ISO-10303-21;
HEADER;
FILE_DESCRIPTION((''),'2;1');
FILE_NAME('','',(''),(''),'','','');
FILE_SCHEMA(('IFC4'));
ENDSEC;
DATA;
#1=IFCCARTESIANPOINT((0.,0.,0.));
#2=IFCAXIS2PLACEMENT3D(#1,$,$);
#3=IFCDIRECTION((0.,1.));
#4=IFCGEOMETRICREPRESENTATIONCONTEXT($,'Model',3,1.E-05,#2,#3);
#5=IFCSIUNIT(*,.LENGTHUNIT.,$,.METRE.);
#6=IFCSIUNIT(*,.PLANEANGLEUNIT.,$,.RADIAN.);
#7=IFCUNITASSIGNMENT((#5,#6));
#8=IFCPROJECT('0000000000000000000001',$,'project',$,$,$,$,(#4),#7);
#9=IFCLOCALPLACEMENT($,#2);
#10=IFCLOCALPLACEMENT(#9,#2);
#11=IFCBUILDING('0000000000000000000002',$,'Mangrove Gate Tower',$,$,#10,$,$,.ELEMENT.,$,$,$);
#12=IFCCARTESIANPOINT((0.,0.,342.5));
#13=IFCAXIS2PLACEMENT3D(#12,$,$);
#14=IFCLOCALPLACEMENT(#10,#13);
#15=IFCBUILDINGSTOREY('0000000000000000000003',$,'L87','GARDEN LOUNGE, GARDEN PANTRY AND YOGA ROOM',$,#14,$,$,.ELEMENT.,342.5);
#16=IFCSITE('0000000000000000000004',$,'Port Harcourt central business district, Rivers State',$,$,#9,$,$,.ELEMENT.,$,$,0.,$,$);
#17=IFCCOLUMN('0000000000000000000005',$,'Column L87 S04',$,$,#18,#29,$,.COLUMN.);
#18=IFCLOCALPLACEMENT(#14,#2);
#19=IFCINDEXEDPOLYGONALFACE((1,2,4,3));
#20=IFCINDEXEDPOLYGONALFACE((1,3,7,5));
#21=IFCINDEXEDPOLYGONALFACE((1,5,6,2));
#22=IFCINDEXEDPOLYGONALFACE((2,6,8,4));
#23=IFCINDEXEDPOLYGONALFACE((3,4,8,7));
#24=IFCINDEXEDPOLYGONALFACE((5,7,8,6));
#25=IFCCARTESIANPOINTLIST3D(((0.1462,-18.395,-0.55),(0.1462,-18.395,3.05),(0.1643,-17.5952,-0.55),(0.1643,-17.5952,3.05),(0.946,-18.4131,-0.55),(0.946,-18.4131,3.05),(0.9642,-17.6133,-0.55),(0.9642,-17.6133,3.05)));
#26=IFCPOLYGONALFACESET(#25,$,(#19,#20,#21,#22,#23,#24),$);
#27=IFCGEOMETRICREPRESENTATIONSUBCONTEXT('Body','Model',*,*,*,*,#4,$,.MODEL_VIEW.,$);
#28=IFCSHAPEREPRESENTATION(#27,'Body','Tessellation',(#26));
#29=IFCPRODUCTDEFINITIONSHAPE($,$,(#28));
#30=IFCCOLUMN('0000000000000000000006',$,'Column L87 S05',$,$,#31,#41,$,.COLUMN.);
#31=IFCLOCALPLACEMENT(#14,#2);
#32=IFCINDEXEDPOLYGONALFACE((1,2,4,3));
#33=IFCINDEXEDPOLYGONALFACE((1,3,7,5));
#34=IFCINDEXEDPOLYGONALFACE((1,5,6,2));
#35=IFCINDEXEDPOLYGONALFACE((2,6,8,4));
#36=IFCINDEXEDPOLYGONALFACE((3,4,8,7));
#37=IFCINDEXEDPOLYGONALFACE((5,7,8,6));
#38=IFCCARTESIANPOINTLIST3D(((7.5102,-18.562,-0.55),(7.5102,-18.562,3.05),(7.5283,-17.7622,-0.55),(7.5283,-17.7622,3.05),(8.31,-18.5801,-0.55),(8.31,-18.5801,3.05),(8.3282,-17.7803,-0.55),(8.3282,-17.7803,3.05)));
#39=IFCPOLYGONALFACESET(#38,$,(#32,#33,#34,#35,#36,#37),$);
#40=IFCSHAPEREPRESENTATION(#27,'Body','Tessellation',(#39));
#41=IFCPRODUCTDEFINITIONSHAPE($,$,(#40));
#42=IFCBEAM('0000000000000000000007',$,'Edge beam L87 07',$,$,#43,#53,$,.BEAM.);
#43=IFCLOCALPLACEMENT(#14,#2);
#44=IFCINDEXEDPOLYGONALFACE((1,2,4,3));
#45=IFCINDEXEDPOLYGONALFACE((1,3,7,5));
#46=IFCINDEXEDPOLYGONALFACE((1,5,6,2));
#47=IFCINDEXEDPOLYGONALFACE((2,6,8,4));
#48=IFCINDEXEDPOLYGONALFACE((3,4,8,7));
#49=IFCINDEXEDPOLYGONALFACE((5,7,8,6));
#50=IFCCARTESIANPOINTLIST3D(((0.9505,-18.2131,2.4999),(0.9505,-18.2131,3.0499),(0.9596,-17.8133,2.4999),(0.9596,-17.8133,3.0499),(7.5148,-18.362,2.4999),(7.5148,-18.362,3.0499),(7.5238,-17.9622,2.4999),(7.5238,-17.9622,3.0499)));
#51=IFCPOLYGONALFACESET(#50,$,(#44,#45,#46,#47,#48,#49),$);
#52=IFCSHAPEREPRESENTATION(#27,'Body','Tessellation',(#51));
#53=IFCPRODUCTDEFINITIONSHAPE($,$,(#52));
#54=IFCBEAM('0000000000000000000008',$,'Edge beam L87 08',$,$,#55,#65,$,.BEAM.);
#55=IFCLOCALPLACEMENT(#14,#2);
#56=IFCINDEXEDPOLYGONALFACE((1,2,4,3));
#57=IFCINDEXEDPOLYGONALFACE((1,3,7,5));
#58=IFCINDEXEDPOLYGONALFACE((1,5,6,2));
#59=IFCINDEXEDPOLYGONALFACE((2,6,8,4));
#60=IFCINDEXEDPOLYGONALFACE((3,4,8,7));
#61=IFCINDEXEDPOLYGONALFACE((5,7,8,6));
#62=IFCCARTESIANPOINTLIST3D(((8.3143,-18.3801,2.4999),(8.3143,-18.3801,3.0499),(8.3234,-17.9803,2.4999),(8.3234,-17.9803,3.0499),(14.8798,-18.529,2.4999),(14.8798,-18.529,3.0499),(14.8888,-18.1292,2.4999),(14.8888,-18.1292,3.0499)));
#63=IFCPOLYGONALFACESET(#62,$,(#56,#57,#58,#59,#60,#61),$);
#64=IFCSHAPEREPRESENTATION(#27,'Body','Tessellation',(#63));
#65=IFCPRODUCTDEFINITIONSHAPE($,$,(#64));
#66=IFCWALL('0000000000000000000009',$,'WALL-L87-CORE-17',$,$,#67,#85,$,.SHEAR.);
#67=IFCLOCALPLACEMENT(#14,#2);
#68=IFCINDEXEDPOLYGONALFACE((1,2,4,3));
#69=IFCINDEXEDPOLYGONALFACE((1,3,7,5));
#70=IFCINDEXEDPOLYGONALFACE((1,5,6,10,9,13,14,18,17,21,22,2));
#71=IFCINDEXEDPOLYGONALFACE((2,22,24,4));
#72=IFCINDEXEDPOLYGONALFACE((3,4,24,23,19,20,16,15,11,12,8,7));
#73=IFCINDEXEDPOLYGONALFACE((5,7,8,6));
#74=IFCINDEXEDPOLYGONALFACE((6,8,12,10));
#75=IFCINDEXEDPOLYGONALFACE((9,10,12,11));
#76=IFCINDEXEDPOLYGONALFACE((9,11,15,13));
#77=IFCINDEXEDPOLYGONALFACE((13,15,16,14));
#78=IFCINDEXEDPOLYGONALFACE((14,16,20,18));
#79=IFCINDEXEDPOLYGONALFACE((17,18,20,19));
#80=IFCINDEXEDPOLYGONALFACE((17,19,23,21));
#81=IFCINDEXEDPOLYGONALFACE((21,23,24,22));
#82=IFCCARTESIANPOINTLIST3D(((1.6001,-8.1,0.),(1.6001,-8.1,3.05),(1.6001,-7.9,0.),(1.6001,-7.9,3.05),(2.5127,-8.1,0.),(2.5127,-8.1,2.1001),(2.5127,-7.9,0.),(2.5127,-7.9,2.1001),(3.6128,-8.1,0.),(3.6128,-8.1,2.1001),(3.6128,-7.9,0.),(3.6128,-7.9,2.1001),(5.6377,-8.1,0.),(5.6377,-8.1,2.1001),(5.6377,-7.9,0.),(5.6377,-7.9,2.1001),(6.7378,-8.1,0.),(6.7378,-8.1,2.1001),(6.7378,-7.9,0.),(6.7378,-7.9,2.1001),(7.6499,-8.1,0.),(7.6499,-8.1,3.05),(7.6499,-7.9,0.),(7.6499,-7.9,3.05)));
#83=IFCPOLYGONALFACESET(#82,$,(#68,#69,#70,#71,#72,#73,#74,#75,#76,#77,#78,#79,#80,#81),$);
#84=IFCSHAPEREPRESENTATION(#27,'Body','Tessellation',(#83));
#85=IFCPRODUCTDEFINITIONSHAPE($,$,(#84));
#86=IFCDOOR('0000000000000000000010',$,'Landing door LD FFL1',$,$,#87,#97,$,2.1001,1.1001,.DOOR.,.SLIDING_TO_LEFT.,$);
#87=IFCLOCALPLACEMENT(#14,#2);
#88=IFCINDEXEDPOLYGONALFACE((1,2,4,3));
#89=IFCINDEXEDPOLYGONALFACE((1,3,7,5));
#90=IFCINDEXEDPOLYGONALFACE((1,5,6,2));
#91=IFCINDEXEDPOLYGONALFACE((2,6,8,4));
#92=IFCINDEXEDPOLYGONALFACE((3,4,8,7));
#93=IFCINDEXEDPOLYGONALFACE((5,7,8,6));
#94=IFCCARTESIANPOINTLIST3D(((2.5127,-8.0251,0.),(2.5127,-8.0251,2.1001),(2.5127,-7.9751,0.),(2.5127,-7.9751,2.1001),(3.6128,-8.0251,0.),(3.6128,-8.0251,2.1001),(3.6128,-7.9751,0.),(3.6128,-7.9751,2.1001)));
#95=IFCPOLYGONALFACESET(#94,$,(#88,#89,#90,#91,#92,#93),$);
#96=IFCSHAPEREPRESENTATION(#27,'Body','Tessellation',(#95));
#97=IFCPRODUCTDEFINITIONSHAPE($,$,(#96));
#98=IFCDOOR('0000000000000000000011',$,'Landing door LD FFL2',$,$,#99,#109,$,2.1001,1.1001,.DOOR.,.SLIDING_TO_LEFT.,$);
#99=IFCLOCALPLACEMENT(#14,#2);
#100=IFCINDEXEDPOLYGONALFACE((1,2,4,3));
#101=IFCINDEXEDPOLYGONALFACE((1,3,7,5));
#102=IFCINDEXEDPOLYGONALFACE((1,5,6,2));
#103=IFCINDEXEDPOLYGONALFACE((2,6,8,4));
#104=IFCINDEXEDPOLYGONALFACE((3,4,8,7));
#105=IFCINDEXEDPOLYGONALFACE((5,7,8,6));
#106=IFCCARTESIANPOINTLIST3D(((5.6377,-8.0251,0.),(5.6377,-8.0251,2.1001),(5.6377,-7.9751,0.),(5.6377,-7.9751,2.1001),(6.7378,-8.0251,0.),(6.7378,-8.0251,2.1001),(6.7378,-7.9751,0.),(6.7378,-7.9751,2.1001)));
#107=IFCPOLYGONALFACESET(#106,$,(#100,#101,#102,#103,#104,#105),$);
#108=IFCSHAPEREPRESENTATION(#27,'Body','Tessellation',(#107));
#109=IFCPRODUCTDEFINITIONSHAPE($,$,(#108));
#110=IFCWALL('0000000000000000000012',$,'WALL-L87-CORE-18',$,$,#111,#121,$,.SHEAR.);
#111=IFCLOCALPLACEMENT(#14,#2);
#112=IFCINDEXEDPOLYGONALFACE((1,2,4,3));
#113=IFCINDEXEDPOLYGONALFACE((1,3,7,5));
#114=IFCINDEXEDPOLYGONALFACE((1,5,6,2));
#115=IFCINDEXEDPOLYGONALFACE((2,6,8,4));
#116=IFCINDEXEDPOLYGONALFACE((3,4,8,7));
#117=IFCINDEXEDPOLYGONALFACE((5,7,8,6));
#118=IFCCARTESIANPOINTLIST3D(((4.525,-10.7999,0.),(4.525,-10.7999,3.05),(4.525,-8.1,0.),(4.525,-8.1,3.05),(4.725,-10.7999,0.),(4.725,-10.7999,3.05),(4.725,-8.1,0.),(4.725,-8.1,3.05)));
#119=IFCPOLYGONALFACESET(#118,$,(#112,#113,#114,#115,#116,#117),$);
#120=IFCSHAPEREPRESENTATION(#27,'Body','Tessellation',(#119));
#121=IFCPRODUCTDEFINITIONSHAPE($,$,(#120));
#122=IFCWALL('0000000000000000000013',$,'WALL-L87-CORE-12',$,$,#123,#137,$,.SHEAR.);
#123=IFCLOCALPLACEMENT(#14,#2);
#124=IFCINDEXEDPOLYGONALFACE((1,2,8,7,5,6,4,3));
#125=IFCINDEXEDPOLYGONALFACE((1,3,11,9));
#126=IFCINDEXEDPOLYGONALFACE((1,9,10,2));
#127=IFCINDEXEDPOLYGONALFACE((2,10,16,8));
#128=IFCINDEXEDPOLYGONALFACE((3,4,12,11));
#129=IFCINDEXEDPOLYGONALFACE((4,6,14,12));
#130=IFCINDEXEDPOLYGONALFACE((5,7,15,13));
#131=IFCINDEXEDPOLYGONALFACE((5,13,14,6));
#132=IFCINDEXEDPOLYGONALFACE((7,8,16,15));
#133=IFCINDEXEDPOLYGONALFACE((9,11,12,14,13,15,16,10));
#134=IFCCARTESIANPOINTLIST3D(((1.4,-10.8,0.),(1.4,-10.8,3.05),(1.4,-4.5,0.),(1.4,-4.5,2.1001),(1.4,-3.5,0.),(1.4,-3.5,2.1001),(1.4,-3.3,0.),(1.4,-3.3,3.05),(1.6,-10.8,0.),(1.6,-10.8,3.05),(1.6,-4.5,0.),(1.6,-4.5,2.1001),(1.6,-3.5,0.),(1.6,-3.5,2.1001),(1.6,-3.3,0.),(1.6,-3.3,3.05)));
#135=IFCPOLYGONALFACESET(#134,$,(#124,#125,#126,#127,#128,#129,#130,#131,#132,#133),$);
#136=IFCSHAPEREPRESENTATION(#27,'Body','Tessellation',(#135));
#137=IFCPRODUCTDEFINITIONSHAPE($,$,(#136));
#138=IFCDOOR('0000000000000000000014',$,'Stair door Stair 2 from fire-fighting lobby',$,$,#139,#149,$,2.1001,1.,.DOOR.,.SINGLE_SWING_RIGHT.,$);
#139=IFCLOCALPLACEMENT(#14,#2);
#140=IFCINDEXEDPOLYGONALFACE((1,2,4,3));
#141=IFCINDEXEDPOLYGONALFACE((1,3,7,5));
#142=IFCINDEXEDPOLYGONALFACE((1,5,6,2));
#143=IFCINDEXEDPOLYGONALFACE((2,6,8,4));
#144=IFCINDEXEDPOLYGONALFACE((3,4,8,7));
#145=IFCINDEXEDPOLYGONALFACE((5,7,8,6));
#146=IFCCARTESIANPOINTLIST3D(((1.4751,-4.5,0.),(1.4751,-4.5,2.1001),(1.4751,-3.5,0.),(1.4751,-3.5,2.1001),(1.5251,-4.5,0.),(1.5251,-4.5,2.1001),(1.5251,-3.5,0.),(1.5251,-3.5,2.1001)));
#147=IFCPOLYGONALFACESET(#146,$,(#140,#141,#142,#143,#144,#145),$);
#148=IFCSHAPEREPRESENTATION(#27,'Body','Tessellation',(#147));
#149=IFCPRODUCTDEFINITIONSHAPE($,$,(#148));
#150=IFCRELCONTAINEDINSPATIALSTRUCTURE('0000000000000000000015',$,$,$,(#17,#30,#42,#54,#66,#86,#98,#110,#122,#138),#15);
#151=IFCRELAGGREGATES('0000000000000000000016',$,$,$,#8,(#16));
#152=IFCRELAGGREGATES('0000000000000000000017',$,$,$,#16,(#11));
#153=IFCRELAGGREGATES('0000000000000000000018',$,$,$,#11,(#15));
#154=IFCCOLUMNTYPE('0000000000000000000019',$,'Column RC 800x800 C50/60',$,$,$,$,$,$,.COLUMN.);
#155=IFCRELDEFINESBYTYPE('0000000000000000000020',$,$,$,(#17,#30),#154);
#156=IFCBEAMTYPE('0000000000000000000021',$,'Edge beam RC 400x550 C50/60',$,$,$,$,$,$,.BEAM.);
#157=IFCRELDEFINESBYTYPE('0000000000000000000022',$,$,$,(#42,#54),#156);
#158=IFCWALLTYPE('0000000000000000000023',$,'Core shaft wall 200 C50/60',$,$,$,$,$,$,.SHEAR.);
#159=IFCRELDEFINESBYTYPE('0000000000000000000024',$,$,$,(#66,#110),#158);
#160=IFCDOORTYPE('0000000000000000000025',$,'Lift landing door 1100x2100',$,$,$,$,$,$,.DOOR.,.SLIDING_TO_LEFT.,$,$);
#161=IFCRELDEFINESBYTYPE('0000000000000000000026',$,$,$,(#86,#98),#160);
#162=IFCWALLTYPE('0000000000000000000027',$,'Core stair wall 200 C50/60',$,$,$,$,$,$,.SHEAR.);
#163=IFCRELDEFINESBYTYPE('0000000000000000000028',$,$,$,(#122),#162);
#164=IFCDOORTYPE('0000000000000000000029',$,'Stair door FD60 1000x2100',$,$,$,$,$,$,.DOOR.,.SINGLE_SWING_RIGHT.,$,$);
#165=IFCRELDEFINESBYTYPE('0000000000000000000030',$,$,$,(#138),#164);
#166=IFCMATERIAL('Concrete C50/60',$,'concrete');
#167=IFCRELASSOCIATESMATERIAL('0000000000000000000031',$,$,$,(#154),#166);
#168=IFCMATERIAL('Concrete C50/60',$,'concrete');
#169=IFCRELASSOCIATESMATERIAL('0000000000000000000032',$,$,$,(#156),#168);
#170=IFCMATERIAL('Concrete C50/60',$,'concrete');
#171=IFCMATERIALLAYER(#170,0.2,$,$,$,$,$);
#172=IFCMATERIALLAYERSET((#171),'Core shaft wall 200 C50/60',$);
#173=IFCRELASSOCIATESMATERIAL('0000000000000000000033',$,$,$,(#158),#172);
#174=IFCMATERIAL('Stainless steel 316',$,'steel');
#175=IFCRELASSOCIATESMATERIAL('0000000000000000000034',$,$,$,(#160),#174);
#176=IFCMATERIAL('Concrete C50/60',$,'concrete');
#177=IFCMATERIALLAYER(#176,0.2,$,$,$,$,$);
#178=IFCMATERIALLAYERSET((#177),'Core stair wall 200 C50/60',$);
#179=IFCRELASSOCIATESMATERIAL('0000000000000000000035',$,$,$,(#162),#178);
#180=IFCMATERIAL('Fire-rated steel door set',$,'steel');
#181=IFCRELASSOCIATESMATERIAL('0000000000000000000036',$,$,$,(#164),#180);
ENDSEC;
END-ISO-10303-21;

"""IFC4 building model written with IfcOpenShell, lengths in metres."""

from ifc_helpers import new_model, si_unit, direction, frame, frame_2d, origin, origin_2d, place, context, subcontext, project, spatial, rectangle, extrude, material, layer, layer_set, material_profile, profile_set, type_object, element, fill, save


model = new_model("IFC4")

# Units and contexts
model_context = context("Model", 3, precision=1e-05, world=origin(), true_north=direction((0.0, 1.0)))
body_context = subcontext(model_context, "Body", "Model", "MODEL_VIEW")
ifc_project = project(units=[si_unit("LENGTHUNIT", "METRE"), si_unit("PLANEANGLEUNIT", "RADIAN")], contexts=[model_context])

# Site, building, storey
site_placement = place(None, origin())
site = spatial("IfcSite", under=ifc_project, at=site_placement, Name="Port Harcourt central business district, Rivers State", CompositionType="ELEMENT", RefElevation=0.0)
building_placement = place(site_placement, origin())
building = spatial("IfcBuilding", under=site, at=building_placement, Name="Mangrove Gate Tower", CompositionType="ELEMENT")
storey_placement = place(building_placement, frame((0.0, 0.0, 342.5)))
storey = spatial("IfcBuildingStorey", under=building, at=storey_placement, Name="L87", Description="GARDEN LOUNGE, GARDEN PANTRY AND YOGA ROOM", CompositionType="ELEMENT", Elevation=342.5)

# Columns
ifc_material_1 = material(Name="Concrete C50/60", Category="concrete")
ifc_material_profile_1 = material_profile(ifc_material_1, rectangle(XDim=0.8, YDim=0.8, at=origin_2d()))
ifc_profile_set_1 = profile_set([ifc_material_profile_1], Name="Concrete C50/60")
column_type = type_object("IfcColumnType", Name="Column RC 800x800 C50/60", PredefinedType="COLUMN", material=ifc_profile_set_1)
for number, where, z_axis, x_axis, name in (
    (1, (0.5552, -18.0042, -0.55), (0.0, 0.0, 1.0), (0.999743, -0.022671, 0.0), "Column L87 S04"),
    (2, (7.9192, -18.1711, -0.55), (0.0, 0.0, 1.0), (0.999743, -0.022671, 0.0), "Column L87 S05"),
):
    element("IfcColumn", number, at=place(storey_placement, frame(where, z_axis=z_axis, x_axis=x_axis)), inside=storey, type_object=column_type, Name=name, PredefinedType="COLUMN", context=body_context, shape_type="SweptSolid", body=[
        extrude(rectangle(XDim=0.8, YDim=0.8, at=origin_2d()), origin(), (0.0, 0.0, 1.0), 3.6001),
    ])

# Beams
ifc_material_2 = material(Name="Concrete C50/60", Category="concrete")
ifc_material_profile_2 = material_profile(ifc_material_2, rectangle(XDim=0.3999, YDim=0.55, at=origin_2d()))
ifc_profile_set_2 = profile_set([ifc_material_profile_2], Name="Concrete C50/60")
beam_type = type_object("IfcBeamType", Name="Edge beam RC 400x550 C50/60", PredefinedType="BEAM", material=ifc_profile_set_2)
beam_1_placement = place(storey_placement, frame((0.9551, -18.0132, 2.7749), z_axis=(0.999743, -0.022682, 0.0), x_axis=(0.022682, 0.999743, 0.0)))
element("IfcBeam", 3, at=beam_1_placement, inside=storey, type_object=beam_type, Name="Edge beam L87 07", PredefinedType="BEAM", context=body_context, shape_type="SweptSolid", body=[
    extrude(rectangle(XDim=0.3999, YDim=0.55, at=origin_2d()), origin(), (0.0, 0.0, 1.0), 6.5659),
])
beam_2_placement = place(storey_placement, frame((8.3188, -18.1802, 2.7749), z_axis=(0.999743, -0.022677, 0.0), x_axis=(0.022677, 0.999743, 0.0)))
element("IfcBeam", 4, at=beam_2_placement, inside=storey, type_object=beam_type, Name="Edge beam L87 08", PredefinedType="BEAM", context=body_context, shape_type="SweptSolid", body=[
    extrude(rectangle(XDim=0.3999, YDim=0.55, at=origin_2d()), origin(), (0.0, 0.0, 1.0), 6.5671),
])

# Wall, openings, doors
ifc_material_3 = material(Name="Concrete C50/60", Category="concrete")
ifc_layer_1 = layer(ifc_material_3, 0.2)
ifc_layer_set_1 = layer_set([ifc_layer_1], Name="Core shaft wall 200 C50/60")
wall_type_1 = type_object("IfcWallType", Name="Core shaft wall 200 C50/60", PredefinedType="SHEAR", material=ifc_layer_set_1)
wall_1_placement = place(storey_placement, frame((1.6001, -8.0, 0.0), z_axis=(0.0, 0.0, 1.0), x_axis=(1.0, 0.0, 0.0)))
wall_1 = element("IfcWall", 5, at=wall_1_placement, inside=storey, type_object=wall_type_1, Name="WALL-L87-CORE-17", PredefinedType="SHEAR", context=body_context, shape_type="SweptSolid", body=[
    extrude(rectangle(XDim=6.0498, YDim=0.2, at=frame_2d((3.0249, 0.0))), origin(), (0.0, 0.0, 1.0), 3.05),
])
opening_1_placement = place(wall_1_placement, frame((0.9126, 0.0, 0.0)))
opening_1 = element("IfcOpeningElement", 6, at=opening_1_placement, cuts=wall_1, PredefinedType="OPENING", context=body_context, shape_type="SweptSolid", body=[
    extrude(rectangle(XDim=1.1001, YDim=2.1001, at=frame_2d((0.55, 1.05))), frame((0.0, 0.1099, 0.0), z_axis=(0.0, -1.0, 0.0), x_axis=(1.0, 0.0, 0.0)), (0.0, 0.0, 1.0), 0.22),
])
opening_2_placement = place(wall_1_placement, frame((4.0376, 0.0, 0.0)))
opening_2 = element("IfcOpeningElement", 7, at=opening_2_placement, cuts=wall_1, PredefinedType="OPENING", context=body_context, shape_type="SweptSolid", body=[
    extrude(rectangle(XDim=1.1001, YDim=2.1001, at=frame_2d((0.55, 1.05))), frame((0.0, 0.1099, 0.0), z_axis=(0.0, -1.0, 0.0), x_axis=(1.0, 0.0, 0.0)), (0.0, 0.0, 1.0), 0.22),
])
ifc_material_4 = material(Name="Stainless steel 316", Category="steel")
door_type_1 = type_object("IfcDoorType", Name="Lift landing door 1100x2100", OperationType="SLIDING_TO_LEFT", PredefinedType="DOOR", material=ifc_material_4)
door_1_placement = place(opening_1_placement, origin())
door_1 = element("IfcDoor", 8, at=door_1_placement, inside=storey, type_object=door_type_1, Name="Landing door LD FFL1", OperationType="SLIDING_TO_LEFT", OverallHeight=2.1001, OverallWidth=1.1001, PredefinedType="DOOR", context=body_context, shape_type="SweptSolid", body=[
    extrude(rectangle(XDim=1.1001, YDim=2.1001, at=frame_2d((0.55, 1.05))), frame((0.0, 0.0249, 0.0), z_axis=(0.0, -1.0, 0.0), x_axis=(1.0, 0.0, 0.0)), (0.0, 0.0, 1.0), 0.05),
])
fill(opening_1, door_1)
door_2_placement = place(opening_2_placement, origin())
door_2 = element("IfcDoor", 9, at=door_2_placement, inside=storey, type_object=door_type_1, Name="Landing door LD FFL2", OperationType="SLIDING_TO_LEFT", OverallHeight=2.1001, OverallWidth=1.1001, PredefinedType="DOOR", context=body_context, shape_type="SweptSolid", body=[
    extrude(rectangle(XDim=1.1001, YDim=2.1001, at=frame_2d((0.55, 1.05))), frame((0.0, 0.0249, 0.0), z_axis=(0.0, -1.0, 0.0), x_axis=(1.0, 0.0, 0.0)), (0.0, 0.0, 1.0), 0.05),
])
fill(opening_2, door_2)

# Wall
wall_2_placement = place(storey_placement, frame((4.625, -10.8, 0.0), z_axis=(0.0, 0.0, 1.0), x_axis=(0.0, 1.0, 0.0)))
element("IfcWall", 10, at=wall_2_placement, inside=storey, type_object=wall_type_1, Name="WALL-L87-CORE-18", PredefinedType="SHEAR", context=body_context, shape_type="SweptSolid", body=[
    extrude(rectangle(XDim=2.7, YDim=0.2, at=frame_2d((1.3501, 0.0))), origin(), (0.0, 0.0, 1.0), 3.05),
])

# Wall, opening, door
ifc_material_5 = material(Name="Concrete C50/60", Category="concrete")
ifc_layer_2 = layer(ifc_material_5, 0.2)
ifc_layer_set_2 = layer_set([ifc_layer_2], Name="Core stair wall 200 C50/60")
wall_type_2 = type_object("IfcWallType", Name="Core stair wall 200 C50/60", PredefinedType="SHEAR", material=ifc_layer_set_2)
wall_3_placement = place(storey_placement, frame((1.5, -10.8, 0.0), z_axis=(0.0, 0.0, 1.0), x_axis=(0.0, 1.0, 0.0)))
wall_3 = element("IfcWall", 11, at=wall_3_placement, inside=storey, type_object=wall_type_2, Name="WALL-L87-CORE-12", PredefinedType="SHEAR", context=body_context, shape_type="SweptSolid", body=[
    extrude(rectangle(XDim=7.5, YDim=0.2, at=frame_2d((3.75, 0.0))), origin(), (0.0, 0.0, 1.0), 3.05),
])
opening_3_placement = place(wall_3_placement, frame((6.3, 0.0, 0.0)))
opening_3 = element("IfcOpeningElement", 12, at=opening_3_placement, cuts=wall_3, PredefinedType="OPENING", context=body_context, shape_type="SweptSolid", body=[
    extrude(rectangle(XDim=1.0, YDim=2.1001, at=frame_2d((0.5, 1.05))), frame((0.0, 0.1099, 0.0), z_axis=(0.0, -1.0, 0.0), x_axis=(1.0, 0.0, 0.0)), (0.0, 0.0, 1.0), 0.22),
])
ifc_material_6 = material(Name="Fire-rated steel door set", Category="steel")
door_type_2 = type_object("IfcDoorType", Name="Stair door FD60 1000x2100", OperationType="SINGLE_SWING_RIGHT", PredefinedType="DOOR", material=ifc_material_6)
door_3_placement = place(opening_3_placement, origin())
door_3 = element("IfcDoor", 13, at=door_3_placement, inside=storey, type_object=door_type_2, Name="Stair door Stair 2 from fire-fighting lobby", OperationType="SINGLE_SWING_RIGHT", OverallHeight=2.1001, OverallWidth=1.0, PredefinedType="DOOR", context=body_context, shape_type="SweptSolid", body=[
    extrude(rectangle(XDim=1.0, YDim=2.1001, at=frame_2d((0.5, 1.05))), frame((0.0, 0.0249, 0.0), z_axis=(0.0, -1.0, 0.0), x_axis=(1.0, 0.0, 0.0)), (0.0, 0.0, 1.0), 0.05),
])
fill(opening_3, door_3)

save(model, "model.ifc")
